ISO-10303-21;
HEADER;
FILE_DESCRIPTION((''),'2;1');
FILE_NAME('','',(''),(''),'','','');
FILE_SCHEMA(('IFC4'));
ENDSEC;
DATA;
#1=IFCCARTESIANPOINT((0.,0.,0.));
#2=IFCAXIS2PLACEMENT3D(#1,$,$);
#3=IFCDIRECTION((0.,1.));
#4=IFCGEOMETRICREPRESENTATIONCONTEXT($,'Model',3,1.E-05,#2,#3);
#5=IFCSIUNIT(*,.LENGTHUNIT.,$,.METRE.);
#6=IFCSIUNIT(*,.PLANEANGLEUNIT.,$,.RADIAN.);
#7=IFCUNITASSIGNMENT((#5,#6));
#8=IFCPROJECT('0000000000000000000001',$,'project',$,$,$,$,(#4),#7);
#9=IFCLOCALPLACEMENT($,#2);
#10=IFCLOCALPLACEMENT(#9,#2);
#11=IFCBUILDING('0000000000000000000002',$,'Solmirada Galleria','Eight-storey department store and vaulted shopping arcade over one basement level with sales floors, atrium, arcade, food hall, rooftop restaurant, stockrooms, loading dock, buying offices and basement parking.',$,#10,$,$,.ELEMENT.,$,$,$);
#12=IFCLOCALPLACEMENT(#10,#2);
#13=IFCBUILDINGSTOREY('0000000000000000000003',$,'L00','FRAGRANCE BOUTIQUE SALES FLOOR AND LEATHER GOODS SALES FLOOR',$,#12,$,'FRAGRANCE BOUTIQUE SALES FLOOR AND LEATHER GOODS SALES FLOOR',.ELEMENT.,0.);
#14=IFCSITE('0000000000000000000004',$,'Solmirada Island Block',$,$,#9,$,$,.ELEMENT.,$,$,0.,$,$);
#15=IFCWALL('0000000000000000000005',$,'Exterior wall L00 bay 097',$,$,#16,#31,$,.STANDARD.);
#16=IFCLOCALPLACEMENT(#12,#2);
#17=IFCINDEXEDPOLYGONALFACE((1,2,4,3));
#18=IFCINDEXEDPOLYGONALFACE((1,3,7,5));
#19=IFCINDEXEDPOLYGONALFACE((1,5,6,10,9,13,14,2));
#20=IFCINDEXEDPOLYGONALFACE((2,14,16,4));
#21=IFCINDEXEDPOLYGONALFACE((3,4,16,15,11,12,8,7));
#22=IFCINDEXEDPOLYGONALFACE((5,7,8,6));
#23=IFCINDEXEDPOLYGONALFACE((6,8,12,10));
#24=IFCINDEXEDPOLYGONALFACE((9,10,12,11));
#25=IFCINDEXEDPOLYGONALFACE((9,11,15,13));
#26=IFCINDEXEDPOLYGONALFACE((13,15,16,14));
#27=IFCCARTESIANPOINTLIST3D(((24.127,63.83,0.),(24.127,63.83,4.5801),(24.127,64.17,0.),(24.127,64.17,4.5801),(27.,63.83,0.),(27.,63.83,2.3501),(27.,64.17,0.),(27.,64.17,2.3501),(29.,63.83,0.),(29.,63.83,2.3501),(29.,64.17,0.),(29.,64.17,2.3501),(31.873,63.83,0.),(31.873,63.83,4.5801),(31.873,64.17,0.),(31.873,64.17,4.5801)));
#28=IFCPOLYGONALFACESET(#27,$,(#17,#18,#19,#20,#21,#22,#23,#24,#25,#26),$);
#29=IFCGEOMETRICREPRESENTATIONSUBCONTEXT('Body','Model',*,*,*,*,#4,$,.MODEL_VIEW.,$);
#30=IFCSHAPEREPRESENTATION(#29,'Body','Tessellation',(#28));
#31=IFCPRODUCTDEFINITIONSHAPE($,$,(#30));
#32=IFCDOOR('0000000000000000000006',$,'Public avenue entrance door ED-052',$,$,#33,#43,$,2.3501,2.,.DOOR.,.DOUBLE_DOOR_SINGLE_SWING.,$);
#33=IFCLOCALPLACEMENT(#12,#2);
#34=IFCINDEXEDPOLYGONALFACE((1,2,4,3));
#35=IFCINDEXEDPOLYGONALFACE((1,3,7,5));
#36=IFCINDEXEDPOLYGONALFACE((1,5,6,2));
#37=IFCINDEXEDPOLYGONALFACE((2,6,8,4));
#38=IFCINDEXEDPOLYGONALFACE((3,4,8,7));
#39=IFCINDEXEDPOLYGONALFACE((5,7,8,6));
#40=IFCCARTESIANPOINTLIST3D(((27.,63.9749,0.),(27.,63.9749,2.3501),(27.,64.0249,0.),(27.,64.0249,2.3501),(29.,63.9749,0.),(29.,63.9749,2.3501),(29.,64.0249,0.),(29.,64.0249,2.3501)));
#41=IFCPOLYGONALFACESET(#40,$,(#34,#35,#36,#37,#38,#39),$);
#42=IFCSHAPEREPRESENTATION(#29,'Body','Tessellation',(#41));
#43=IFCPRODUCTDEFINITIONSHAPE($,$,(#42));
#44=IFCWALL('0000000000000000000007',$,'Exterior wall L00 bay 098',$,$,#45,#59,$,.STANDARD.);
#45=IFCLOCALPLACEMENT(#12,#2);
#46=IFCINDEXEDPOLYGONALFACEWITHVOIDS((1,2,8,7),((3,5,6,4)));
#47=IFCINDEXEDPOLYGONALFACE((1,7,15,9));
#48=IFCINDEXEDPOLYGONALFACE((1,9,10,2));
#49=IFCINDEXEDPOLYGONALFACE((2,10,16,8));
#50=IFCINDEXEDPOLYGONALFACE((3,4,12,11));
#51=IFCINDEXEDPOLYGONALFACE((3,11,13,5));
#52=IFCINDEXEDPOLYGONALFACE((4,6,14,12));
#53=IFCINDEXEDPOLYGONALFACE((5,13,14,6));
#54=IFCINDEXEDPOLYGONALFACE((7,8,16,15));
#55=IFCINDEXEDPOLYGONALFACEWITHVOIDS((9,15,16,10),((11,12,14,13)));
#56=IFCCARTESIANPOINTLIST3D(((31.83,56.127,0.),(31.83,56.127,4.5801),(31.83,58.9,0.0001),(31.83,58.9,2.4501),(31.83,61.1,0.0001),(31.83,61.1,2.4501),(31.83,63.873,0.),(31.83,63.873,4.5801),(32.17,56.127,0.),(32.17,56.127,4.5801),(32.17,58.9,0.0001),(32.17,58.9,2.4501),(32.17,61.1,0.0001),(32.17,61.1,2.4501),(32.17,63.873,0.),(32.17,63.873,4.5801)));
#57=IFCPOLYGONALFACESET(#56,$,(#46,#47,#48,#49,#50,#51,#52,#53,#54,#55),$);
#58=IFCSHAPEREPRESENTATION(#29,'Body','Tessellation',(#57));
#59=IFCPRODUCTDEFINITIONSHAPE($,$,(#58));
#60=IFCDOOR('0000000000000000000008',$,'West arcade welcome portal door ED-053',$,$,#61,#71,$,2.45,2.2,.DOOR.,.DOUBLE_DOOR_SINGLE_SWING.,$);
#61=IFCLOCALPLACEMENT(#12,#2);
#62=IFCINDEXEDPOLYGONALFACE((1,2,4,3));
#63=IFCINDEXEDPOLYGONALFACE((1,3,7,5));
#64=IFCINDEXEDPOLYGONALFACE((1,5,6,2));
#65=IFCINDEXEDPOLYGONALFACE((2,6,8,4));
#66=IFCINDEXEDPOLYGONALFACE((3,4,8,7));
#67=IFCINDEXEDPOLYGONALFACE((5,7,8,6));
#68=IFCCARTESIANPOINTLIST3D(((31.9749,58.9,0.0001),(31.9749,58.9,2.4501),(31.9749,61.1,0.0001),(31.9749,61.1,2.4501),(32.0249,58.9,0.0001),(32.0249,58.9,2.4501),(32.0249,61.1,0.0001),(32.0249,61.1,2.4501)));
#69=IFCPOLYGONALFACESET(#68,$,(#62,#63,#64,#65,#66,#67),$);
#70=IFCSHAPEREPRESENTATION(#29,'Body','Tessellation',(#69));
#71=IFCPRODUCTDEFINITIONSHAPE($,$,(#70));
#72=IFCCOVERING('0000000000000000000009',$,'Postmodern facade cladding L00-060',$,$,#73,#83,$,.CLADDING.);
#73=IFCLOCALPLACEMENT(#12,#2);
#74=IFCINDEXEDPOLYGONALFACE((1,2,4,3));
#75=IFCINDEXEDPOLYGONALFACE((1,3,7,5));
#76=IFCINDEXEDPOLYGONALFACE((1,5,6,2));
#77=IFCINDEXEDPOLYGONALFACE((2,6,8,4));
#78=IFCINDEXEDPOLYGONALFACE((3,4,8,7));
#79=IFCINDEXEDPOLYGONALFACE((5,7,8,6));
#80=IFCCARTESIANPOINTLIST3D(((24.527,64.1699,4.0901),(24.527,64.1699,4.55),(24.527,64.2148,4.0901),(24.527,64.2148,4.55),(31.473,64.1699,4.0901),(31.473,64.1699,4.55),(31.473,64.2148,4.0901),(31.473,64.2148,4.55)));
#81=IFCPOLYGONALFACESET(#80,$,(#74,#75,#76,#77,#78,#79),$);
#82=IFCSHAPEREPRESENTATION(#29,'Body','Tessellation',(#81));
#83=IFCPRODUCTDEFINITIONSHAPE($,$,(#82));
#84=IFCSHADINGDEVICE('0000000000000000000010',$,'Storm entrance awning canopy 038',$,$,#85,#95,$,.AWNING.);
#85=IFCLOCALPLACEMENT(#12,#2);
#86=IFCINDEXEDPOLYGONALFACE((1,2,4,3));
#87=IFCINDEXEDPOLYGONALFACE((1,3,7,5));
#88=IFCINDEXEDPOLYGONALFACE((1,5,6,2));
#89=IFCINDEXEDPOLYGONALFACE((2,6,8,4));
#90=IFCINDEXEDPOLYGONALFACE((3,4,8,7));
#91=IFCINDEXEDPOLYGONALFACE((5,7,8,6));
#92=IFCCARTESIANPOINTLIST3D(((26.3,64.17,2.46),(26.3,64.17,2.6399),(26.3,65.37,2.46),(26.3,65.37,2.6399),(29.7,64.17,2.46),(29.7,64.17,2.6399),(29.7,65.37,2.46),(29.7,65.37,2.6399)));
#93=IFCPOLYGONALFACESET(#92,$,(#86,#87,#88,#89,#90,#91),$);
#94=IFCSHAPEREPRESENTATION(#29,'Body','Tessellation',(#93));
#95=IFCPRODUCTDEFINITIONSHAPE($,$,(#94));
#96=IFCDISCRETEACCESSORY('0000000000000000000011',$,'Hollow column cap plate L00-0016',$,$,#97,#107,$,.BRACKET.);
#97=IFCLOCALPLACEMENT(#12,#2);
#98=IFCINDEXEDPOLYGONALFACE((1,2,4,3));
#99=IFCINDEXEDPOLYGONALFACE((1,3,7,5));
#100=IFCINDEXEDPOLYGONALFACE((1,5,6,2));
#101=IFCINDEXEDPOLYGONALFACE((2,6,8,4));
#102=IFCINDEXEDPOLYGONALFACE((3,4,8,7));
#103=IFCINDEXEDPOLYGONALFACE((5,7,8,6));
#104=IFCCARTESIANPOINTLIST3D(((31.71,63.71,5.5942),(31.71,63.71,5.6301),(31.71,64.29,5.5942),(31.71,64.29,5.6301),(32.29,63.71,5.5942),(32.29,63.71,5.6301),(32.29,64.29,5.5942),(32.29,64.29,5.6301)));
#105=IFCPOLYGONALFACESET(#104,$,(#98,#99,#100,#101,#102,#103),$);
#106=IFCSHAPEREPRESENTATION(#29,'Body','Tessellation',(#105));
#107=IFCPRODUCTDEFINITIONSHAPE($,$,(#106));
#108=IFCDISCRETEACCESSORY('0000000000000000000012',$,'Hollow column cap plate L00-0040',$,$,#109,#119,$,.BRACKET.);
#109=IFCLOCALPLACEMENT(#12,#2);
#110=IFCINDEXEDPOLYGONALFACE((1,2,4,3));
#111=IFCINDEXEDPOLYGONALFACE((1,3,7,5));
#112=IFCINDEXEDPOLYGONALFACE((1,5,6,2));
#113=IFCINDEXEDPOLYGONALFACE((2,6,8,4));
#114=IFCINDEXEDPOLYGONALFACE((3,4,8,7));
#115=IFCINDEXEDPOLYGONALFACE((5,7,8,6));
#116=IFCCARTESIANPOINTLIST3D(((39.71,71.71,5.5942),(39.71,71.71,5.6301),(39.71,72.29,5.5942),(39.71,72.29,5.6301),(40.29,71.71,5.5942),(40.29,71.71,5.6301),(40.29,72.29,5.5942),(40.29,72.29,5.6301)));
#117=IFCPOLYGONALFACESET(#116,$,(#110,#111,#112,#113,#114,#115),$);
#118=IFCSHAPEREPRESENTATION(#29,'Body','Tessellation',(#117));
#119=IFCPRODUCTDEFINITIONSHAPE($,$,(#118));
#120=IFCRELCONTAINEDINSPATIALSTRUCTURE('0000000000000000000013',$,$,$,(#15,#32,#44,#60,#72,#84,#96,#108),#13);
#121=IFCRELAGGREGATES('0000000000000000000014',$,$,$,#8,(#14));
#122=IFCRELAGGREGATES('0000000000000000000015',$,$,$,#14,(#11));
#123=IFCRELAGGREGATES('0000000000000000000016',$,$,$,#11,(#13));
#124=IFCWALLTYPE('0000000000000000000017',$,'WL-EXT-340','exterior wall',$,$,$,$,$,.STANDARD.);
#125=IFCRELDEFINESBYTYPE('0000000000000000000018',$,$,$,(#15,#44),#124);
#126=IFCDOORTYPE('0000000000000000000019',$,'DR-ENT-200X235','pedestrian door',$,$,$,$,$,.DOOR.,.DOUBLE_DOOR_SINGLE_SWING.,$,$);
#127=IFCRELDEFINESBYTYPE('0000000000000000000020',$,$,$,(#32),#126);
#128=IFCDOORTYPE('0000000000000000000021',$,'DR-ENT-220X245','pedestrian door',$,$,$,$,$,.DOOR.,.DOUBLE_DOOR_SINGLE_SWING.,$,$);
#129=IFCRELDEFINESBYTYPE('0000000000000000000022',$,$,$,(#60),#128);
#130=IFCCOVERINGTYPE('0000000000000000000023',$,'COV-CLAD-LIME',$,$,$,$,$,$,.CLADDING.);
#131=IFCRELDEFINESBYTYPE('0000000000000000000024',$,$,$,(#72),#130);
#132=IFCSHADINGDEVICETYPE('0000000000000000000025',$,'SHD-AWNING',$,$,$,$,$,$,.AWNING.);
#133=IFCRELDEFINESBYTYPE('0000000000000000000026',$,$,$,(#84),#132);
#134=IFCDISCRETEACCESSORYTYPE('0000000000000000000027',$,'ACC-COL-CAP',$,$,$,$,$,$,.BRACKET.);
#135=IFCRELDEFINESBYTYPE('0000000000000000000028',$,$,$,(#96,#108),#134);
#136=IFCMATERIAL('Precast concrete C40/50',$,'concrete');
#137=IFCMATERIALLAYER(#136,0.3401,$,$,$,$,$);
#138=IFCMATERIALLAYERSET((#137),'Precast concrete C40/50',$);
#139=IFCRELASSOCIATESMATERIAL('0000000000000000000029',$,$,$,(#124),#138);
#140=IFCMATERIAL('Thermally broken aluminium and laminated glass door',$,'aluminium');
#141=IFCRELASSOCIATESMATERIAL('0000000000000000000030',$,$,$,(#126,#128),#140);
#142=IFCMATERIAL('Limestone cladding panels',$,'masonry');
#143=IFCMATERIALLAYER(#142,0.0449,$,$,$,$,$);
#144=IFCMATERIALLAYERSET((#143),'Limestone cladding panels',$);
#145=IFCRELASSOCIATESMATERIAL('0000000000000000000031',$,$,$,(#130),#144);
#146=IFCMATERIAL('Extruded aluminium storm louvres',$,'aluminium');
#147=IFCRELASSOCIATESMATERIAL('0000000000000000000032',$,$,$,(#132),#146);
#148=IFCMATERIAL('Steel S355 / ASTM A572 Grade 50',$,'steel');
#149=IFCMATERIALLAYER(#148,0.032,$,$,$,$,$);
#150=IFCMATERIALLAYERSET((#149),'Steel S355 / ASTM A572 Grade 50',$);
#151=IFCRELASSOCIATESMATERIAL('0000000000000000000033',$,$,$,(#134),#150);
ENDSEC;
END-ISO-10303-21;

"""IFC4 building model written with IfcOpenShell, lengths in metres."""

from ifc_helpers import new_model, si_unit, direction, frame, frame_2d, origin, origin_2d, place, context, subcontext, project, spatial, rectangle, extrude, material, layer, layer_set, type_object, element, fill, save


model = new_model("IFC4")

# Units and contexts
model_context = context("Model", 3, precision=1e-05, world=origin(), true_north=direction((0.0, 1.0)))
body_context = subcontext(model_context, "Body", "Model", "MODEL_VIEW")
ifc_project = project(units=[si_unit("LENGTHUNIT", "METRE"), si_unit("PLANEANGLEUNIT", "RADIAN")], contexts=[model_context])

# Site, building, storey
site_placement = place(None, origin())
site = spatial("IfcSite", under=ifc_project, at=site_placement, Name="Solmirada Island Block", CompositionType="ELEMENT", RefElevation=0.0)
building_placement = place(site_placement, origin())
building = spatial("IfcBuilding", under=site, at=building_placement, Name="Solmirada Galleria", Description="Eight-storey department store and vaulted shopping arcade over one basement level with sales floors, atrium, arcade, food hall, rooftop restaurant, stockrooms, loading dock, buying offices and basement parking.", CompositionType="ELEMENT")
storey_placement = place(building_placement, origin())
storey = spatial("IfcBuildingStorey", under=building, at=storey_placement, Name="L00", Description="FRAGRANCE BOUTIQUE SALES FLOOR AND LEATHER GOODS SALES FLOOR", LongName="FRAGRANCE BOUTIQUE SALES FLOOR AND LEATHER GOODS SALES FLOOR", CompositionType="ELEMENT", Elevation=0.0)

# Walls, openings, doors
ifc_material_1 = material(Name="Precast concrete C40/50", Category="concrete")
ifc_layer_1 = layer(ifc_material_1, 0.3401)
ifc_layer_set_1 = layer_set([ifc_layer_1], Name="Precast concrete C40/50")
wall_type = type_object("IfcWallType", Name="WL-EXT-340", Description="exterior wall", PredefinedType="STANDARD", material=ifc_layer_set_1)
wall_1_placement = place(storey_placement, frame((24.127, 64.0, 0.0), z_axis=(0.0, 0.0, 1.0), x_axis=(1.0, 0.0, 0.0)))
wall_1 = element("IfcWall", 1, at=wall_1_placement, inside=storey, type_object=wall_type, Name="Exterior wall L00 bay 097", PredefinedType="STANDARD", context=body_context, shape_type="SweptSolid", body=[
    extrude(rectangle(XDim=7.7461, YDim=0.3401, at=frame_2d((3.873, 0.0))), origin(), (0.0, 0.0, 1.0), 4.5801),
])
opening_1_placement = place(wall_1_placement, frame((2.873, 0.0, 0.0)))
opening_1 = element("IfcOpeningElement", 2, at=opening_1_placement, cuts=wall_1, PredefinedType="OPENING", context=body_context, shape_type="SweptSolid", body=[
    extrude(rectangle(XDim=2.0, YDim=2.3501, at=frame_2d((1.0, 1.175))), frame((0.0, 0.1799, 0.0), z_axis=(0.0, -1.0, 0.0), x_axis=(1.0, 0.0, 0.0)), (0.0, 0.0, 1.0), 0.3601),
])
ifc_material_2 = material(Name="Thermally broken aluminium and laminated glass door", Category="aluminium")
door_type_1 = type_object("IfcDoorType", Name="DR-ENT-200X235", Description="pedestrian door", OperationType="DOUBLE_DOOR_SINGLE_SWING", PredefinedType="DOOR", material=ifc_material_2)
door_1_placement = place(opening_1_placement, origin())
door_1 = element("IfcDoor", 3, at=door_1_placement, inside=storey, type_object=door_type_1, Name="Public avenue entrance door ED-052", OperationType="DOUBLE_DOOR_SINGLE_SWING", OverallHeight=2.3501, OverallWidth=2.0, PredefinedType="DOOR", context=body_context, shape_type="SweptSolid", body=[
    extrude(rectangle(XDim=2.0, YDim=2.3501, at=frame_2d((1.0, 1.175))), frame((0.0, 0.0249, 0.0), z_axis=(0.0, -1.0, 0.0), x_axis=(1.0, 0.0, 0.0)), (0.0, 0.0, 1.0), 0.05),
])
fill(opening_1, door_1)
wall_2_placement = place(storey_placement, frame((32.0, 63.873, 0.0), z_axis=(0.0, 0.0, 1.0), x_axis=(0.0, -1.0, 0.0)))
wall_2 = element("IfcWall", 4, at=wall_2_placement, inside=storey, type_object=wall_type, Name="Exterior wall L00 bay 098", PredefinedType="STANDARD", context=body_context, shape_type="SweptSolid", body=[
    extrude(rectangle(XDim=7.7461, YDim=0.3401, at=frame_2d((3.873, 0.0))), origin(), (0.0, 0.0, 1.0), 4.5801),
])
opening_2_placement = place(wall_2_placement, frame((2.7729, 0.0, 0.0)))
opening_2 = element("IfcOpeningElement", 5, at=opening_2_placement, cuts=wall_2, PredefinedType="OPENING", context=body_context, shape_type="SweptSolid", body=[
    extrude(rectangle(XDim=2.2, YDim=2.45, at=frame_2d((1.1001, 1.2251))), frame((0.0, 0.1799, 0.0), z_axis=(0.0, -1.0, 0.0), x_axis=(1.0, 0.0, 0.0)), (0.0, 0.0, 1.0), 0.3601),
])
door_type_2 = type_object("IfcDoorType", Name="DR-ENT-220X245", Description="pedestrian door", OperationType="DOUBLE_DOOR_SINGLE_SWING", PredefinedType="DOOR", material=ifc_material_2)
door_2_placement = place(opening_2_placement, origin())
door_2 = element("IfcDoor", 6, at=door_2_placement, inside=storey, type_object=door_type_2, Name="West arcade welcome portal door ED-053", OperationType="DOUBLE_DOOR_SINGLE_SWING", OverallHeight=2.45, OverallWidth=2.2, PredefinedType="DOOR", context=body_context, shape_type="SweptSolid", body=[
    extrude(rectangle(XDim=2.2, YDim=2.45, at=frame_2d((1.1001, 1.2251))), frame((0.0, 0.0249, 0.0), z_axis=(0.0, -1.0, 0.0), x_axis=(1.0, 0.0, 0.0)), (0.0, 0.0, 1.0), 0.05),
])
fill(opening_2, door_2)

# Covering
ifc_material_3 = material(Name="Limestone cladding panels", Category="masonry")
ifc_layer_2 = layer(ifc_material_3, 0.0449)
ifc_layer_set_2 = layer_set([ifc_layer_2], Name="Limestone cladding panels")
covering_type = type_object("IfcCoveringType", Name="COV-CLAD-LIME", PredefinedType="CLADDING", material=ifc_layer_set_2)
covering_placement = place(storey_placement, frame((28.0, 64.1924, 4.0901), z_axis=(0.0, 0.0, 1.0), x_axis=(1.0, 0.0, 0.0)))
element("IfcCovering", 7, at=covering_placement, inside=storey, type_object=covering_type, Name="Postmodern facade cladding L00-060", PredefinedType="CLADDING", context=body_context, shape_type="SweptSolid", body=[
    extrude(rectangle(XDim=6.946, YDim=0.0449, at=origin_2d()), origin(), (0.0, 0.0, 1.0), 0.46),
])

# Shading device
ifc_material_4 = material(Name="Extruded aluminium storm louvres", Category="aluminium")
shading_device_type = type_object("IfcShadingDeviceType", Name="SHD-AWNING", PredefinedType="AWNING", material=ifc_material_4)
shading_device_placement = place(storey_placement, frame((28.0, 64.77, 2.46), z_axis=(0.0, 0.0, 1.0), x_axis=(1.0, 0.0, 0.0)))
element("IfcShadingDevice", 8, at=shading_device_placement, inside=storey, type_object=shading_device_type, Name="Storm entrance awning canopy 038", PredefinedType="AWNING", context=body_context, shape_type="SweptSolid", body=[
    extrude(rectangle(XDim=3.3999, YDim=1.2, at=origin_2d()), origin(), (0.0, 0.0, 1.0), 0.1799),
])

# Discrete accessories
ifc_material_5 = material(Name="Steel S355 / ASTM A572 Grade 50", Category="steel")
ifc_layer_3 = layer(ifc_material_5, 0.032)
ifc_layer_set_3 = layer_set([ifc_layer_3], Name="Steel S355 / ASTM A572 Grade 50")
discrete_accessory_type = type_object("IfcDiscreteAccessoryType", Name="ACC-COL-CAP", PredefinedType="BRACKET", material=ifc_layer_set_3)
for number, where, z_axis, x_axis, name in (
    (9, (32.0, 64.0, 5.5942), (0.0, 0.0, 1.0), (1.0, 0.0, 0.0), "Hollow column cap plate L00-0016"),
    (10, (40.0, 72.0, 5.5942), (0.0, 0.0, 1.0), (1.0, 0.0, 0.0), "Hollow column cap plate L00-0040"),
):
    element("IfcDiscreteAccessory", number, at=place(storey_placement, frame(where, z_axis=z_axis, x_axis=x_axis)), inside=storey, type_object=discrete_accessory_type, Name=name, PredefinedType="BRACKET", context=body_context, shape_type="SweptSolid", body=[
        extrude(rectangle(XDim=0.5801, YDim=0.5801, at=origin_2d()), origin(), (0.0, 0.0, 1.0), 0.0359),
    ])

save(model, "model.ifc")
